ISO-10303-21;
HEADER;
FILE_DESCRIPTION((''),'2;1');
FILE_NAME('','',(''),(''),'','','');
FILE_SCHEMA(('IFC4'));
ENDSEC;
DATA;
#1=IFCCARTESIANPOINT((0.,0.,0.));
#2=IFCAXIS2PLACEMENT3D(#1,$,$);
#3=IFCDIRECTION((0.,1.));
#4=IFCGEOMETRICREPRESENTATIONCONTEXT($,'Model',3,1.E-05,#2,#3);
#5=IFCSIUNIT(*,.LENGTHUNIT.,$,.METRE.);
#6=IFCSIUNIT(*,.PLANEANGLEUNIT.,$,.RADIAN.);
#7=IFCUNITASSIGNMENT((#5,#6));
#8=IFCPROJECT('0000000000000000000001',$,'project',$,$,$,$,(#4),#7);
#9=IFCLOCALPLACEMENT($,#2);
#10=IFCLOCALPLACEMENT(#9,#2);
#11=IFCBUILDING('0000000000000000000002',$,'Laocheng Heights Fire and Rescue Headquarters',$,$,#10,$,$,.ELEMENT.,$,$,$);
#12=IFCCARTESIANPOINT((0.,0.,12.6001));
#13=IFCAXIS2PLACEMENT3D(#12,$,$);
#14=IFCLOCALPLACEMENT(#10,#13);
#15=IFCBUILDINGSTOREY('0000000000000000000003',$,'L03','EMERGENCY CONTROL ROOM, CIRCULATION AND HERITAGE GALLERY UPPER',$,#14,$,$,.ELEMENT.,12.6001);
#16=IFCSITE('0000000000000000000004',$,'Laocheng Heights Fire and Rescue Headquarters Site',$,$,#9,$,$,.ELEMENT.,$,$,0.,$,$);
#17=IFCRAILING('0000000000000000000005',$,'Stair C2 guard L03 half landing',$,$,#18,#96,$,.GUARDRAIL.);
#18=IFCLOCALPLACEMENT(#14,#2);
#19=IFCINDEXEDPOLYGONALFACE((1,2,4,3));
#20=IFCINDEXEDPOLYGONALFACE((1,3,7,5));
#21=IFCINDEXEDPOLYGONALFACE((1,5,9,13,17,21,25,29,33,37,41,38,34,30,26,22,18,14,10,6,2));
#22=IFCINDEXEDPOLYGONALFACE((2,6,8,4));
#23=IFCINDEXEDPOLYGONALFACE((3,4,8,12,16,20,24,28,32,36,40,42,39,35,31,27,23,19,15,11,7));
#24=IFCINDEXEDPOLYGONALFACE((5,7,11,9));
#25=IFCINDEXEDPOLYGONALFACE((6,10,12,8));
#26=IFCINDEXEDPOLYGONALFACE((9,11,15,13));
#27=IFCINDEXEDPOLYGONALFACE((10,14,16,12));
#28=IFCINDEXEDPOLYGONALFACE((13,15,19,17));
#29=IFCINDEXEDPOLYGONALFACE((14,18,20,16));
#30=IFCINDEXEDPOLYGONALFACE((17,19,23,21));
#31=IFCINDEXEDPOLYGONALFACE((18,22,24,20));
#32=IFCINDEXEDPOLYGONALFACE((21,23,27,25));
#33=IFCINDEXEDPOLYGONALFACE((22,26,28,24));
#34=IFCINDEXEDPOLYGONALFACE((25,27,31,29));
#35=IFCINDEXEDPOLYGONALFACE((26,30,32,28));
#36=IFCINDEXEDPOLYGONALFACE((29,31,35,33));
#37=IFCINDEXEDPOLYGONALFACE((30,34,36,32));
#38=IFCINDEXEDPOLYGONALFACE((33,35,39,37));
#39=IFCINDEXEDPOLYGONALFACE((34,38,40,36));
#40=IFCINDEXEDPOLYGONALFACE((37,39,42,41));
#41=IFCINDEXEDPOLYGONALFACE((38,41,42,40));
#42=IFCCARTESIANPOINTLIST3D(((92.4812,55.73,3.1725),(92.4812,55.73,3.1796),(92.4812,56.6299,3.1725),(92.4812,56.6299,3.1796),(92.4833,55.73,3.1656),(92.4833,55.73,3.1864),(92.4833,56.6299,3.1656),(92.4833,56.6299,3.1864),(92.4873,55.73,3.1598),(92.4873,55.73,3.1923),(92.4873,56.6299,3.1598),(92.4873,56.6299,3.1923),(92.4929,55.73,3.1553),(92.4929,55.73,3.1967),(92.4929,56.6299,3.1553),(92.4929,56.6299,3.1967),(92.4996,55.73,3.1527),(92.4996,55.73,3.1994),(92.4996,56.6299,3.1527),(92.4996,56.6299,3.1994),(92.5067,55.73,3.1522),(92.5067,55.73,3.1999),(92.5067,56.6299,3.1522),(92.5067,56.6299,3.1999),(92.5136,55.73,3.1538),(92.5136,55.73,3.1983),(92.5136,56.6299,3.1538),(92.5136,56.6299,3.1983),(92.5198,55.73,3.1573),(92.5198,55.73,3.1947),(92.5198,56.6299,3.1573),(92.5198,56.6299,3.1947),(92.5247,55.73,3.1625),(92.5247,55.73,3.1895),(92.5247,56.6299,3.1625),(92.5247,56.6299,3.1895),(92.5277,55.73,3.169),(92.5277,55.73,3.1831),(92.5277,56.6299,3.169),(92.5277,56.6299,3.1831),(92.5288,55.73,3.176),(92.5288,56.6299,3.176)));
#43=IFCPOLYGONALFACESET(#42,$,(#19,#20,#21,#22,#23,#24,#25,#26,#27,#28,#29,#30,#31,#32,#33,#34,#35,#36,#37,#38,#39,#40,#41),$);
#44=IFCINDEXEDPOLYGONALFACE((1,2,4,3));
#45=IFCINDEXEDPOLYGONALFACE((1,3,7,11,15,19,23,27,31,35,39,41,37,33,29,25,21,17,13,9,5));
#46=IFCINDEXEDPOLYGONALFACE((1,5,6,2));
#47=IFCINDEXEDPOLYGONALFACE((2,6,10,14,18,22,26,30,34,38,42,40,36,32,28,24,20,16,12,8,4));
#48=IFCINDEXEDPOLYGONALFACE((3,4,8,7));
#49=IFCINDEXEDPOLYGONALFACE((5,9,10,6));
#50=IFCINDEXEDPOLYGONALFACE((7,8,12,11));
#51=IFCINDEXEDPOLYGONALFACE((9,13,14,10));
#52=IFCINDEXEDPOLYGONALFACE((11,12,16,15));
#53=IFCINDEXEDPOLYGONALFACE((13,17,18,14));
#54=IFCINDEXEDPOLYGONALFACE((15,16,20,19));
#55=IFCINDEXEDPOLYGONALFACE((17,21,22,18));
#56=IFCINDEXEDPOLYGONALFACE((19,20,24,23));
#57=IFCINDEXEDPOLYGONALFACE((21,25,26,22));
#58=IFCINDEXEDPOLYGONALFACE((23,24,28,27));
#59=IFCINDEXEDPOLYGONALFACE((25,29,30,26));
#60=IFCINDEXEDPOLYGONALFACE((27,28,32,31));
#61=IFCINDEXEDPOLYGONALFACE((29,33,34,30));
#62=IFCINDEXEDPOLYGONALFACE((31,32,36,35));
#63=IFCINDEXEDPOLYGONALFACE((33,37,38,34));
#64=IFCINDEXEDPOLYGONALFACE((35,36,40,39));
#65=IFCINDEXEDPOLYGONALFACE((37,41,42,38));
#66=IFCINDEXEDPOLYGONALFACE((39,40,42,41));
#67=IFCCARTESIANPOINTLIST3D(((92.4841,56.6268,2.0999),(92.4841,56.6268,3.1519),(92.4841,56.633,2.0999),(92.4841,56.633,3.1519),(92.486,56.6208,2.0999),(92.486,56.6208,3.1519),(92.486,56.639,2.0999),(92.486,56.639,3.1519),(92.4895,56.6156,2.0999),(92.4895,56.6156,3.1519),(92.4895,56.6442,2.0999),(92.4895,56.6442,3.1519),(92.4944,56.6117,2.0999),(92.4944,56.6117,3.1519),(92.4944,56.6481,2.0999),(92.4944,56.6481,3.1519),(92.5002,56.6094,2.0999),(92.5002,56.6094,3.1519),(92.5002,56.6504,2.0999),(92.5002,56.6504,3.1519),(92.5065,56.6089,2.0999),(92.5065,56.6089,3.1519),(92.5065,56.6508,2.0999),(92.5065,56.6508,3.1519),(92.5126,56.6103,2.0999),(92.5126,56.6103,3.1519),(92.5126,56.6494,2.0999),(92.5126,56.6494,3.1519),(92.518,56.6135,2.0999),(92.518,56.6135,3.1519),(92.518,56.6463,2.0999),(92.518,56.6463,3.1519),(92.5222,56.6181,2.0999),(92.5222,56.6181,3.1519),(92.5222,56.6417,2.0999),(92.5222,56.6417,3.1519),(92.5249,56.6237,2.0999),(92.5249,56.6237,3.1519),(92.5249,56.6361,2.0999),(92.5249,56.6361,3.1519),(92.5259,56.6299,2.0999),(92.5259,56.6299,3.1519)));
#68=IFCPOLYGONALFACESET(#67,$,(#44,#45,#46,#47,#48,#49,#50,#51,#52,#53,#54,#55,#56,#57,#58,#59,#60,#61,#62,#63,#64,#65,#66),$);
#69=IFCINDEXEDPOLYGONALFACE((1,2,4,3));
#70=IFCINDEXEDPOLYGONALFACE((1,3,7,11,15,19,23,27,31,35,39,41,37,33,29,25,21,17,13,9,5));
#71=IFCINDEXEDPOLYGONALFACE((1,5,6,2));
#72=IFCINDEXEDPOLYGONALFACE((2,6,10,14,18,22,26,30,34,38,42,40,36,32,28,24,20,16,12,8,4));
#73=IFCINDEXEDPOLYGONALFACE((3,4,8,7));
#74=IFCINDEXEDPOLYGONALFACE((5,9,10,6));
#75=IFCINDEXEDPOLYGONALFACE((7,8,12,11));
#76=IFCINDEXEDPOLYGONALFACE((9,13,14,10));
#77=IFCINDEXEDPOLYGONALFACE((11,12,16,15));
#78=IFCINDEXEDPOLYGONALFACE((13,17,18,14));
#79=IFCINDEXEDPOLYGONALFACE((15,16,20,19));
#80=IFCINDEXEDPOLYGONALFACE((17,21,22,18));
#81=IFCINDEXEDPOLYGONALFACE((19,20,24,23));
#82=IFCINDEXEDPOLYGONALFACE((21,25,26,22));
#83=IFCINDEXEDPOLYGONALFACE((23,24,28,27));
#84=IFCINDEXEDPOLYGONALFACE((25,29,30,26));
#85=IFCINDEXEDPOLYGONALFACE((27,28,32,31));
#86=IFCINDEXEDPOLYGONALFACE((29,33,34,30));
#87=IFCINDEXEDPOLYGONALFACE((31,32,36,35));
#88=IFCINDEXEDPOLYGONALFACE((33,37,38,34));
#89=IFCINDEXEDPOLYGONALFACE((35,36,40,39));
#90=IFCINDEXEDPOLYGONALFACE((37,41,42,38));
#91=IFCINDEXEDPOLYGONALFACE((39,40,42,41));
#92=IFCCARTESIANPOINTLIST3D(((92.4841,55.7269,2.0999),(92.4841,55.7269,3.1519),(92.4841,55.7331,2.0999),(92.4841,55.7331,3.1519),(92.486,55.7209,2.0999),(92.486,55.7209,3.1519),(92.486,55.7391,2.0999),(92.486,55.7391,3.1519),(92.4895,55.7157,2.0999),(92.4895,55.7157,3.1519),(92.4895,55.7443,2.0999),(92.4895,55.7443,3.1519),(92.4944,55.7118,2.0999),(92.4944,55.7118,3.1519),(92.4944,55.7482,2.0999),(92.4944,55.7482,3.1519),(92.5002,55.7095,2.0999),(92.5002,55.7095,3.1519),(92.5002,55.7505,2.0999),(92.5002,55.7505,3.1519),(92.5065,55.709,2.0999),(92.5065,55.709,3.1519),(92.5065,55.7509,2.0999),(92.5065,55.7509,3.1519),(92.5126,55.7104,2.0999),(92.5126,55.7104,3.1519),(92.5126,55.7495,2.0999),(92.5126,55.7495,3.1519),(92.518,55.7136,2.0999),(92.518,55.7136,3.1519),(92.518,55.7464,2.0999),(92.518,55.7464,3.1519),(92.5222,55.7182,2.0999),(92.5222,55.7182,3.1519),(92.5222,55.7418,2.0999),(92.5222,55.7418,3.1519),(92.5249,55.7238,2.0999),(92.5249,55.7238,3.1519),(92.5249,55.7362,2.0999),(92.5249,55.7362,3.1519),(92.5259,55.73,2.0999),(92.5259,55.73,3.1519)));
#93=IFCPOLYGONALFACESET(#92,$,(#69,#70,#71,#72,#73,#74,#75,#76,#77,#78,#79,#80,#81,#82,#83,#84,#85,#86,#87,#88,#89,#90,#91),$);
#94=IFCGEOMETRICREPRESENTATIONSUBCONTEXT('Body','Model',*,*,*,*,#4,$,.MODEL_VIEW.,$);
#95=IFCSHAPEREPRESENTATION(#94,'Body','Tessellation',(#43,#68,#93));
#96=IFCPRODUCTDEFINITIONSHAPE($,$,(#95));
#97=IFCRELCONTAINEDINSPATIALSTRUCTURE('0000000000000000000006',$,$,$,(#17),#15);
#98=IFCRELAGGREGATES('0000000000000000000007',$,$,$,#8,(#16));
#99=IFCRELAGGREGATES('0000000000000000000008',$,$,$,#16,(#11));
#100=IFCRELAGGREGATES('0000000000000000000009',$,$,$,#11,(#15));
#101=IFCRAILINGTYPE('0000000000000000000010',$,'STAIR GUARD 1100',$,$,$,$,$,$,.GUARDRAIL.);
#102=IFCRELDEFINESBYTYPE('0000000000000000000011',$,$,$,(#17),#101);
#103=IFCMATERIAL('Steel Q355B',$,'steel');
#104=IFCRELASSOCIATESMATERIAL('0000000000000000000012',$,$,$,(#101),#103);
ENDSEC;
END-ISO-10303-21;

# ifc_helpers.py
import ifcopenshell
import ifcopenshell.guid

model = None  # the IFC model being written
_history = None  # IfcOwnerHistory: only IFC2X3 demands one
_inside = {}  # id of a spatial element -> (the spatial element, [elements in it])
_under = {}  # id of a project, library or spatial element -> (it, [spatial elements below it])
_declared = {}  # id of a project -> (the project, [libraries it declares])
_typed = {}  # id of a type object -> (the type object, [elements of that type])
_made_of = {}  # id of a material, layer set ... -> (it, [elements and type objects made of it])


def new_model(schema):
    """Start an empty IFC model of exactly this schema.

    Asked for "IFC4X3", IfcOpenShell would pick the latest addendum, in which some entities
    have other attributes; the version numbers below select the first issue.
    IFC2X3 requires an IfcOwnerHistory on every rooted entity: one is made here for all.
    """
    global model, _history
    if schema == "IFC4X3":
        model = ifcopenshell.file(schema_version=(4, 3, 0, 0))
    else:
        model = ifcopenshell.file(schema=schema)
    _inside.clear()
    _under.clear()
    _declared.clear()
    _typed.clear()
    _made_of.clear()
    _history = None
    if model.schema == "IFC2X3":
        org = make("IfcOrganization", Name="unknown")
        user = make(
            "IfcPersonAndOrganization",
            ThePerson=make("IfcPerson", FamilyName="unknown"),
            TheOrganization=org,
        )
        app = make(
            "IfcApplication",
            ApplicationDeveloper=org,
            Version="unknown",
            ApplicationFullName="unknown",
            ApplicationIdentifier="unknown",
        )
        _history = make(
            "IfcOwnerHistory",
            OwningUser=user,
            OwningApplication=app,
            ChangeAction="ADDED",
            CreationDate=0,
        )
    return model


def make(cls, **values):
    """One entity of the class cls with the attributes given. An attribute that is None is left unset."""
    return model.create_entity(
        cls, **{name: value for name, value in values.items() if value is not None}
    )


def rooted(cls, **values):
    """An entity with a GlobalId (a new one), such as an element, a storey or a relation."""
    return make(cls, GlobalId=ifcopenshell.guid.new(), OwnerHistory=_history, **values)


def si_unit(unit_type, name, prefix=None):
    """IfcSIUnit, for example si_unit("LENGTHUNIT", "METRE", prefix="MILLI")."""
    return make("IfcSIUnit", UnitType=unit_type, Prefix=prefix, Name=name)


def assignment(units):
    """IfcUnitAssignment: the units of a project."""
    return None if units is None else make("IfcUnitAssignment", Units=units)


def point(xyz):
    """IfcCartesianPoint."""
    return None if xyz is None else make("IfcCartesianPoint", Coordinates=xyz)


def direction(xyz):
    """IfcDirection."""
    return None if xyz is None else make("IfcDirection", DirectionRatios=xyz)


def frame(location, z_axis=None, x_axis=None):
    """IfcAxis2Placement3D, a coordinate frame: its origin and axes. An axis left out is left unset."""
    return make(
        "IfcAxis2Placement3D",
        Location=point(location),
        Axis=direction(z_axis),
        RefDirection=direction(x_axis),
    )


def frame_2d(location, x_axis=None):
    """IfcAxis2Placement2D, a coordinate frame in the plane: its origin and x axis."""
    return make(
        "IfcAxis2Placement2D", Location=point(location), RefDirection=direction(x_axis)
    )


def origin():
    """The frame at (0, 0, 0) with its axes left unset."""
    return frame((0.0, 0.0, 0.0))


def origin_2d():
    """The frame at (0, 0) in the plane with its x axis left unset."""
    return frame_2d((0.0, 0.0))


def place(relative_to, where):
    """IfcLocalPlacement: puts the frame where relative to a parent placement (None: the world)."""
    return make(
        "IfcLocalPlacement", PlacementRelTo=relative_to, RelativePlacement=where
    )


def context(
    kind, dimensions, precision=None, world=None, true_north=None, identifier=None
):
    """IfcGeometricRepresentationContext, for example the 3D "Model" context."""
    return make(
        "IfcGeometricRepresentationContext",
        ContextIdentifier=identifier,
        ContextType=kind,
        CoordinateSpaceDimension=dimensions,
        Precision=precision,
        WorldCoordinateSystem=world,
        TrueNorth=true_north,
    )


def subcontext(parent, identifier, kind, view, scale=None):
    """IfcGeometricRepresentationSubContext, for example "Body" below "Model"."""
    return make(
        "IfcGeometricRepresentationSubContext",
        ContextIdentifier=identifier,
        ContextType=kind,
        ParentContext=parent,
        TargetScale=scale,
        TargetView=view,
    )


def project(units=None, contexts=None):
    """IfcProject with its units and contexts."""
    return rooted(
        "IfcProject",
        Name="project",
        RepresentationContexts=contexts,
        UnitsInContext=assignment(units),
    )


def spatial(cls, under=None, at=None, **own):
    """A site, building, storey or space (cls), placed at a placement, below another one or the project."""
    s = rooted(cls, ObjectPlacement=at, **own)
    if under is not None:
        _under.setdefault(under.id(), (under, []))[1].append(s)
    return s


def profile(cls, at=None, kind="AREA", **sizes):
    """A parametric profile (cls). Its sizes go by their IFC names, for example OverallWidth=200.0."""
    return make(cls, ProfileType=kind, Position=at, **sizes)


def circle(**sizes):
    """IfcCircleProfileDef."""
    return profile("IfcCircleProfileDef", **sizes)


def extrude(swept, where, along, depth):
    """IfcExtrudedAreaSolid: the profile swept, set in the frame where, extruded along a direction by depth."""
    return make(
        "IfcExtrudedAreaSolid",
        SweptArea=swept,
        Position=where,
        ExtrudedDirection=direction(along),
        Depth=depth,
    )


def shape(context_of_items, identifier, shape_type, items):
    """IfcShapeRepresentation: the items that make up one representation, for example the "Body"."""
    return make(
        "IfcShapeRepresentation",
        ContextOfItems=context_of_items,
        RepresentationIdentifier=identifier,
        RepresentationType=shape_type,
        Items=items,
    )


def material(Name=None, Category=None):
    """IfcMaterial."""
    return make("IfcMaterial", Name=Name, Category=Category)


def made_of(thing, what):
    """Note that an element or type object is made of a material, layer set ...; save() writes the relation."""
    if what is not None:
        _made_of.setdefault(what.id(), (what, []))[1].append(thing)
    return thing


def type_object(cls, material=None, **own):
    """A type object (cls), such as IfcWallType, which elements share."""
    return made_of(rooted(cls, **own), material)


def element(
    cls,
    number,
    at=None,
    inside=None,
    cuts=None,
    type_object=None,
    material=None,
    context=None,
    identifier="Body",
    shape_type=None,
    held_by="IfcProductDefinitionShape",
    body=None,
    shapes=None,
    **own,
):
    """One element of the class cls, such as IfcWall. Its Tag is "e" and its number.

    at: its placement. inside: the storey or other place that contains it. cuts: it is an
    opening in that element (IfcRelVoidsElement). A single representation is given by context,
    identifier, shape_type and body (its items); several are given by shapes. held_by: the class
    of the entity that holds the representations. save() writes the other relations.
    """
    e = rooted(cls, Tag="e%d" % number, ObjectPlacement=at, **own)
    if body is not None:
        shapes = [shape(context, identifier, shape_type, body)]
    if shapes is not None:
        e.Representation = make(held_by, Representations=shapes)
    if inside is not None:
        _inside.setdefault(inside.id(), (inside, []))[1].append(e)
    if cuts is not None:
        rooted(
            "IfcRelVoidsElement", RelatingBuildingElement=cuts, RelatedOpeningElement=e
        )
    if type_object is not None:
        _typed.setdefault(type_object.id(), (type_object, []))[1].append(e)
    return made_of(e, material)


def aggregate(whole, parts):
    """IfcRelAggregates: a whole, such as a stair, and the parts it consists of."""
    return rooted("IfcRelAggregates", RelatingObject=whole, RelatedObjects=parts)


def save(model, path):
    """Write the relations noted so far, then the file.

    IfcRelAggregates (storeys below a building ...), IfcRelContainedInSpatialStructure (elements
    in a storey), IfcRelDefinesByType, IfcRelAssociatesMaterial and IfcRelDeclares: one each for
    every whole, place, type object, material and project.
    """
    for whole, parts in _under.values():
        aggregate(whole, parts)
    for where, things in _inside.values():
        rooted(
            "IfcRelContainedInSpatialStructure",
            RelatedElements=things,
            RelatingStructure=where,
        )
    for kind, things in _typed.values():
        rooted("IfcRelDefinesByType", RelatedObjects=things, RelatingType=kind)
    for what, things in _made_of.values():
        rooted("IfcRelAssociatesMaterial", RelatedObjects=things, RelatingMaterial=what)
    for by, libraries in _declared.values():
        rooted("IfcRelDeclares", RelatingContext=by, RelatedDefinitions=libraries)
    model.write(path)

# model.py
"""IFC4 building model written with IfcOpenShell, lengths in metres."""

from ifc_helpers import new_model, si_unit, direction, frame, origin, origin_2d, place, context, subcontext, project, spatial, circle, extrude, material, type_object, element, save


model = new_model("IFC4")

# Units and contexts
model_context = context("Model", 3, precision=1e-05, world=origin(), true_north=direction((0.0, 1.0)))
body_context = subcontext(model_context, "Body", "Model", "MODEL_VIEW")
ifc_project = project(units=[si_unit("LENGTHUNIT", "METRE"), si_unit("PLANEANGLEUNIT", "RADIAN")], contexts=[model_context])

# Site, building, storey
site_placement = place(None, origin())
site = spatial("IfcSite", under=ifc_project, at=site_placement, Name="Laocheng Heights Fire and Rescue Headquarters Site", CompositionType="ELEMENT", RefElevation=0.0)
building_placement = place(site_placement, origin())
building = spatial("IfcBuilding", under=site, at=building_placement, Name="Laocheng Heights Fire and Rescue Headquarters", CompositionType="ELEMENT")
storey_placement = place(building_placement, frame((0.0, 0.0, 12.6001)))
storey = spatial("IfcBuildingStorey", under=building, at=storey_placement, Name="L03", Description="EMERGENCY CONTROL ROOM, CIRCULATION AND HERITAGE GALLERY UPPER", CompositionType="ELEMENT", Elevation=12.6001)

# Railing
ifc_material_1 = material(Name="Steel Q355B", Category="steel")
railing_type_1 = type_object("IfcRailingType", Name="STAIR GUARD 1100", PredefinedType="GUARDRAIL", material=ifc_material_1)
railing_1_placement = place(storey_placement, frame((92.5049, 56.6299, 2.0999)))
element("IfcRailing", 1, at=railing_1_placement, inside=storey, type_object=railing_type_1, Name="Stair C2 guard L03 half landing", PredefinedType="GUARDRAIL", context=body_context, shape_type="SweptSolid", body=[
    extrude(circle(Radius=0.0239, at=origin_2d()), frame((0.0, 0.0, 1.0762), z_axis=(0.0, -1.0, 0.0), x_axis=(1.0, 0.0, 0.0)), (0.0, 0.0, 1.0), 0.8999),
    extrude(circle(Radius=0.021, at=origin_2d()), origin(), (0.0, 0.0, 1.0), 1.052),
    extrude(circle(Radius=0.021, at=origin_2d()), frame((0.0, -0.8999, 0.0)), (0.0, 0.0, 1.0), 1.052),
])

save(model, "model.ifc")
